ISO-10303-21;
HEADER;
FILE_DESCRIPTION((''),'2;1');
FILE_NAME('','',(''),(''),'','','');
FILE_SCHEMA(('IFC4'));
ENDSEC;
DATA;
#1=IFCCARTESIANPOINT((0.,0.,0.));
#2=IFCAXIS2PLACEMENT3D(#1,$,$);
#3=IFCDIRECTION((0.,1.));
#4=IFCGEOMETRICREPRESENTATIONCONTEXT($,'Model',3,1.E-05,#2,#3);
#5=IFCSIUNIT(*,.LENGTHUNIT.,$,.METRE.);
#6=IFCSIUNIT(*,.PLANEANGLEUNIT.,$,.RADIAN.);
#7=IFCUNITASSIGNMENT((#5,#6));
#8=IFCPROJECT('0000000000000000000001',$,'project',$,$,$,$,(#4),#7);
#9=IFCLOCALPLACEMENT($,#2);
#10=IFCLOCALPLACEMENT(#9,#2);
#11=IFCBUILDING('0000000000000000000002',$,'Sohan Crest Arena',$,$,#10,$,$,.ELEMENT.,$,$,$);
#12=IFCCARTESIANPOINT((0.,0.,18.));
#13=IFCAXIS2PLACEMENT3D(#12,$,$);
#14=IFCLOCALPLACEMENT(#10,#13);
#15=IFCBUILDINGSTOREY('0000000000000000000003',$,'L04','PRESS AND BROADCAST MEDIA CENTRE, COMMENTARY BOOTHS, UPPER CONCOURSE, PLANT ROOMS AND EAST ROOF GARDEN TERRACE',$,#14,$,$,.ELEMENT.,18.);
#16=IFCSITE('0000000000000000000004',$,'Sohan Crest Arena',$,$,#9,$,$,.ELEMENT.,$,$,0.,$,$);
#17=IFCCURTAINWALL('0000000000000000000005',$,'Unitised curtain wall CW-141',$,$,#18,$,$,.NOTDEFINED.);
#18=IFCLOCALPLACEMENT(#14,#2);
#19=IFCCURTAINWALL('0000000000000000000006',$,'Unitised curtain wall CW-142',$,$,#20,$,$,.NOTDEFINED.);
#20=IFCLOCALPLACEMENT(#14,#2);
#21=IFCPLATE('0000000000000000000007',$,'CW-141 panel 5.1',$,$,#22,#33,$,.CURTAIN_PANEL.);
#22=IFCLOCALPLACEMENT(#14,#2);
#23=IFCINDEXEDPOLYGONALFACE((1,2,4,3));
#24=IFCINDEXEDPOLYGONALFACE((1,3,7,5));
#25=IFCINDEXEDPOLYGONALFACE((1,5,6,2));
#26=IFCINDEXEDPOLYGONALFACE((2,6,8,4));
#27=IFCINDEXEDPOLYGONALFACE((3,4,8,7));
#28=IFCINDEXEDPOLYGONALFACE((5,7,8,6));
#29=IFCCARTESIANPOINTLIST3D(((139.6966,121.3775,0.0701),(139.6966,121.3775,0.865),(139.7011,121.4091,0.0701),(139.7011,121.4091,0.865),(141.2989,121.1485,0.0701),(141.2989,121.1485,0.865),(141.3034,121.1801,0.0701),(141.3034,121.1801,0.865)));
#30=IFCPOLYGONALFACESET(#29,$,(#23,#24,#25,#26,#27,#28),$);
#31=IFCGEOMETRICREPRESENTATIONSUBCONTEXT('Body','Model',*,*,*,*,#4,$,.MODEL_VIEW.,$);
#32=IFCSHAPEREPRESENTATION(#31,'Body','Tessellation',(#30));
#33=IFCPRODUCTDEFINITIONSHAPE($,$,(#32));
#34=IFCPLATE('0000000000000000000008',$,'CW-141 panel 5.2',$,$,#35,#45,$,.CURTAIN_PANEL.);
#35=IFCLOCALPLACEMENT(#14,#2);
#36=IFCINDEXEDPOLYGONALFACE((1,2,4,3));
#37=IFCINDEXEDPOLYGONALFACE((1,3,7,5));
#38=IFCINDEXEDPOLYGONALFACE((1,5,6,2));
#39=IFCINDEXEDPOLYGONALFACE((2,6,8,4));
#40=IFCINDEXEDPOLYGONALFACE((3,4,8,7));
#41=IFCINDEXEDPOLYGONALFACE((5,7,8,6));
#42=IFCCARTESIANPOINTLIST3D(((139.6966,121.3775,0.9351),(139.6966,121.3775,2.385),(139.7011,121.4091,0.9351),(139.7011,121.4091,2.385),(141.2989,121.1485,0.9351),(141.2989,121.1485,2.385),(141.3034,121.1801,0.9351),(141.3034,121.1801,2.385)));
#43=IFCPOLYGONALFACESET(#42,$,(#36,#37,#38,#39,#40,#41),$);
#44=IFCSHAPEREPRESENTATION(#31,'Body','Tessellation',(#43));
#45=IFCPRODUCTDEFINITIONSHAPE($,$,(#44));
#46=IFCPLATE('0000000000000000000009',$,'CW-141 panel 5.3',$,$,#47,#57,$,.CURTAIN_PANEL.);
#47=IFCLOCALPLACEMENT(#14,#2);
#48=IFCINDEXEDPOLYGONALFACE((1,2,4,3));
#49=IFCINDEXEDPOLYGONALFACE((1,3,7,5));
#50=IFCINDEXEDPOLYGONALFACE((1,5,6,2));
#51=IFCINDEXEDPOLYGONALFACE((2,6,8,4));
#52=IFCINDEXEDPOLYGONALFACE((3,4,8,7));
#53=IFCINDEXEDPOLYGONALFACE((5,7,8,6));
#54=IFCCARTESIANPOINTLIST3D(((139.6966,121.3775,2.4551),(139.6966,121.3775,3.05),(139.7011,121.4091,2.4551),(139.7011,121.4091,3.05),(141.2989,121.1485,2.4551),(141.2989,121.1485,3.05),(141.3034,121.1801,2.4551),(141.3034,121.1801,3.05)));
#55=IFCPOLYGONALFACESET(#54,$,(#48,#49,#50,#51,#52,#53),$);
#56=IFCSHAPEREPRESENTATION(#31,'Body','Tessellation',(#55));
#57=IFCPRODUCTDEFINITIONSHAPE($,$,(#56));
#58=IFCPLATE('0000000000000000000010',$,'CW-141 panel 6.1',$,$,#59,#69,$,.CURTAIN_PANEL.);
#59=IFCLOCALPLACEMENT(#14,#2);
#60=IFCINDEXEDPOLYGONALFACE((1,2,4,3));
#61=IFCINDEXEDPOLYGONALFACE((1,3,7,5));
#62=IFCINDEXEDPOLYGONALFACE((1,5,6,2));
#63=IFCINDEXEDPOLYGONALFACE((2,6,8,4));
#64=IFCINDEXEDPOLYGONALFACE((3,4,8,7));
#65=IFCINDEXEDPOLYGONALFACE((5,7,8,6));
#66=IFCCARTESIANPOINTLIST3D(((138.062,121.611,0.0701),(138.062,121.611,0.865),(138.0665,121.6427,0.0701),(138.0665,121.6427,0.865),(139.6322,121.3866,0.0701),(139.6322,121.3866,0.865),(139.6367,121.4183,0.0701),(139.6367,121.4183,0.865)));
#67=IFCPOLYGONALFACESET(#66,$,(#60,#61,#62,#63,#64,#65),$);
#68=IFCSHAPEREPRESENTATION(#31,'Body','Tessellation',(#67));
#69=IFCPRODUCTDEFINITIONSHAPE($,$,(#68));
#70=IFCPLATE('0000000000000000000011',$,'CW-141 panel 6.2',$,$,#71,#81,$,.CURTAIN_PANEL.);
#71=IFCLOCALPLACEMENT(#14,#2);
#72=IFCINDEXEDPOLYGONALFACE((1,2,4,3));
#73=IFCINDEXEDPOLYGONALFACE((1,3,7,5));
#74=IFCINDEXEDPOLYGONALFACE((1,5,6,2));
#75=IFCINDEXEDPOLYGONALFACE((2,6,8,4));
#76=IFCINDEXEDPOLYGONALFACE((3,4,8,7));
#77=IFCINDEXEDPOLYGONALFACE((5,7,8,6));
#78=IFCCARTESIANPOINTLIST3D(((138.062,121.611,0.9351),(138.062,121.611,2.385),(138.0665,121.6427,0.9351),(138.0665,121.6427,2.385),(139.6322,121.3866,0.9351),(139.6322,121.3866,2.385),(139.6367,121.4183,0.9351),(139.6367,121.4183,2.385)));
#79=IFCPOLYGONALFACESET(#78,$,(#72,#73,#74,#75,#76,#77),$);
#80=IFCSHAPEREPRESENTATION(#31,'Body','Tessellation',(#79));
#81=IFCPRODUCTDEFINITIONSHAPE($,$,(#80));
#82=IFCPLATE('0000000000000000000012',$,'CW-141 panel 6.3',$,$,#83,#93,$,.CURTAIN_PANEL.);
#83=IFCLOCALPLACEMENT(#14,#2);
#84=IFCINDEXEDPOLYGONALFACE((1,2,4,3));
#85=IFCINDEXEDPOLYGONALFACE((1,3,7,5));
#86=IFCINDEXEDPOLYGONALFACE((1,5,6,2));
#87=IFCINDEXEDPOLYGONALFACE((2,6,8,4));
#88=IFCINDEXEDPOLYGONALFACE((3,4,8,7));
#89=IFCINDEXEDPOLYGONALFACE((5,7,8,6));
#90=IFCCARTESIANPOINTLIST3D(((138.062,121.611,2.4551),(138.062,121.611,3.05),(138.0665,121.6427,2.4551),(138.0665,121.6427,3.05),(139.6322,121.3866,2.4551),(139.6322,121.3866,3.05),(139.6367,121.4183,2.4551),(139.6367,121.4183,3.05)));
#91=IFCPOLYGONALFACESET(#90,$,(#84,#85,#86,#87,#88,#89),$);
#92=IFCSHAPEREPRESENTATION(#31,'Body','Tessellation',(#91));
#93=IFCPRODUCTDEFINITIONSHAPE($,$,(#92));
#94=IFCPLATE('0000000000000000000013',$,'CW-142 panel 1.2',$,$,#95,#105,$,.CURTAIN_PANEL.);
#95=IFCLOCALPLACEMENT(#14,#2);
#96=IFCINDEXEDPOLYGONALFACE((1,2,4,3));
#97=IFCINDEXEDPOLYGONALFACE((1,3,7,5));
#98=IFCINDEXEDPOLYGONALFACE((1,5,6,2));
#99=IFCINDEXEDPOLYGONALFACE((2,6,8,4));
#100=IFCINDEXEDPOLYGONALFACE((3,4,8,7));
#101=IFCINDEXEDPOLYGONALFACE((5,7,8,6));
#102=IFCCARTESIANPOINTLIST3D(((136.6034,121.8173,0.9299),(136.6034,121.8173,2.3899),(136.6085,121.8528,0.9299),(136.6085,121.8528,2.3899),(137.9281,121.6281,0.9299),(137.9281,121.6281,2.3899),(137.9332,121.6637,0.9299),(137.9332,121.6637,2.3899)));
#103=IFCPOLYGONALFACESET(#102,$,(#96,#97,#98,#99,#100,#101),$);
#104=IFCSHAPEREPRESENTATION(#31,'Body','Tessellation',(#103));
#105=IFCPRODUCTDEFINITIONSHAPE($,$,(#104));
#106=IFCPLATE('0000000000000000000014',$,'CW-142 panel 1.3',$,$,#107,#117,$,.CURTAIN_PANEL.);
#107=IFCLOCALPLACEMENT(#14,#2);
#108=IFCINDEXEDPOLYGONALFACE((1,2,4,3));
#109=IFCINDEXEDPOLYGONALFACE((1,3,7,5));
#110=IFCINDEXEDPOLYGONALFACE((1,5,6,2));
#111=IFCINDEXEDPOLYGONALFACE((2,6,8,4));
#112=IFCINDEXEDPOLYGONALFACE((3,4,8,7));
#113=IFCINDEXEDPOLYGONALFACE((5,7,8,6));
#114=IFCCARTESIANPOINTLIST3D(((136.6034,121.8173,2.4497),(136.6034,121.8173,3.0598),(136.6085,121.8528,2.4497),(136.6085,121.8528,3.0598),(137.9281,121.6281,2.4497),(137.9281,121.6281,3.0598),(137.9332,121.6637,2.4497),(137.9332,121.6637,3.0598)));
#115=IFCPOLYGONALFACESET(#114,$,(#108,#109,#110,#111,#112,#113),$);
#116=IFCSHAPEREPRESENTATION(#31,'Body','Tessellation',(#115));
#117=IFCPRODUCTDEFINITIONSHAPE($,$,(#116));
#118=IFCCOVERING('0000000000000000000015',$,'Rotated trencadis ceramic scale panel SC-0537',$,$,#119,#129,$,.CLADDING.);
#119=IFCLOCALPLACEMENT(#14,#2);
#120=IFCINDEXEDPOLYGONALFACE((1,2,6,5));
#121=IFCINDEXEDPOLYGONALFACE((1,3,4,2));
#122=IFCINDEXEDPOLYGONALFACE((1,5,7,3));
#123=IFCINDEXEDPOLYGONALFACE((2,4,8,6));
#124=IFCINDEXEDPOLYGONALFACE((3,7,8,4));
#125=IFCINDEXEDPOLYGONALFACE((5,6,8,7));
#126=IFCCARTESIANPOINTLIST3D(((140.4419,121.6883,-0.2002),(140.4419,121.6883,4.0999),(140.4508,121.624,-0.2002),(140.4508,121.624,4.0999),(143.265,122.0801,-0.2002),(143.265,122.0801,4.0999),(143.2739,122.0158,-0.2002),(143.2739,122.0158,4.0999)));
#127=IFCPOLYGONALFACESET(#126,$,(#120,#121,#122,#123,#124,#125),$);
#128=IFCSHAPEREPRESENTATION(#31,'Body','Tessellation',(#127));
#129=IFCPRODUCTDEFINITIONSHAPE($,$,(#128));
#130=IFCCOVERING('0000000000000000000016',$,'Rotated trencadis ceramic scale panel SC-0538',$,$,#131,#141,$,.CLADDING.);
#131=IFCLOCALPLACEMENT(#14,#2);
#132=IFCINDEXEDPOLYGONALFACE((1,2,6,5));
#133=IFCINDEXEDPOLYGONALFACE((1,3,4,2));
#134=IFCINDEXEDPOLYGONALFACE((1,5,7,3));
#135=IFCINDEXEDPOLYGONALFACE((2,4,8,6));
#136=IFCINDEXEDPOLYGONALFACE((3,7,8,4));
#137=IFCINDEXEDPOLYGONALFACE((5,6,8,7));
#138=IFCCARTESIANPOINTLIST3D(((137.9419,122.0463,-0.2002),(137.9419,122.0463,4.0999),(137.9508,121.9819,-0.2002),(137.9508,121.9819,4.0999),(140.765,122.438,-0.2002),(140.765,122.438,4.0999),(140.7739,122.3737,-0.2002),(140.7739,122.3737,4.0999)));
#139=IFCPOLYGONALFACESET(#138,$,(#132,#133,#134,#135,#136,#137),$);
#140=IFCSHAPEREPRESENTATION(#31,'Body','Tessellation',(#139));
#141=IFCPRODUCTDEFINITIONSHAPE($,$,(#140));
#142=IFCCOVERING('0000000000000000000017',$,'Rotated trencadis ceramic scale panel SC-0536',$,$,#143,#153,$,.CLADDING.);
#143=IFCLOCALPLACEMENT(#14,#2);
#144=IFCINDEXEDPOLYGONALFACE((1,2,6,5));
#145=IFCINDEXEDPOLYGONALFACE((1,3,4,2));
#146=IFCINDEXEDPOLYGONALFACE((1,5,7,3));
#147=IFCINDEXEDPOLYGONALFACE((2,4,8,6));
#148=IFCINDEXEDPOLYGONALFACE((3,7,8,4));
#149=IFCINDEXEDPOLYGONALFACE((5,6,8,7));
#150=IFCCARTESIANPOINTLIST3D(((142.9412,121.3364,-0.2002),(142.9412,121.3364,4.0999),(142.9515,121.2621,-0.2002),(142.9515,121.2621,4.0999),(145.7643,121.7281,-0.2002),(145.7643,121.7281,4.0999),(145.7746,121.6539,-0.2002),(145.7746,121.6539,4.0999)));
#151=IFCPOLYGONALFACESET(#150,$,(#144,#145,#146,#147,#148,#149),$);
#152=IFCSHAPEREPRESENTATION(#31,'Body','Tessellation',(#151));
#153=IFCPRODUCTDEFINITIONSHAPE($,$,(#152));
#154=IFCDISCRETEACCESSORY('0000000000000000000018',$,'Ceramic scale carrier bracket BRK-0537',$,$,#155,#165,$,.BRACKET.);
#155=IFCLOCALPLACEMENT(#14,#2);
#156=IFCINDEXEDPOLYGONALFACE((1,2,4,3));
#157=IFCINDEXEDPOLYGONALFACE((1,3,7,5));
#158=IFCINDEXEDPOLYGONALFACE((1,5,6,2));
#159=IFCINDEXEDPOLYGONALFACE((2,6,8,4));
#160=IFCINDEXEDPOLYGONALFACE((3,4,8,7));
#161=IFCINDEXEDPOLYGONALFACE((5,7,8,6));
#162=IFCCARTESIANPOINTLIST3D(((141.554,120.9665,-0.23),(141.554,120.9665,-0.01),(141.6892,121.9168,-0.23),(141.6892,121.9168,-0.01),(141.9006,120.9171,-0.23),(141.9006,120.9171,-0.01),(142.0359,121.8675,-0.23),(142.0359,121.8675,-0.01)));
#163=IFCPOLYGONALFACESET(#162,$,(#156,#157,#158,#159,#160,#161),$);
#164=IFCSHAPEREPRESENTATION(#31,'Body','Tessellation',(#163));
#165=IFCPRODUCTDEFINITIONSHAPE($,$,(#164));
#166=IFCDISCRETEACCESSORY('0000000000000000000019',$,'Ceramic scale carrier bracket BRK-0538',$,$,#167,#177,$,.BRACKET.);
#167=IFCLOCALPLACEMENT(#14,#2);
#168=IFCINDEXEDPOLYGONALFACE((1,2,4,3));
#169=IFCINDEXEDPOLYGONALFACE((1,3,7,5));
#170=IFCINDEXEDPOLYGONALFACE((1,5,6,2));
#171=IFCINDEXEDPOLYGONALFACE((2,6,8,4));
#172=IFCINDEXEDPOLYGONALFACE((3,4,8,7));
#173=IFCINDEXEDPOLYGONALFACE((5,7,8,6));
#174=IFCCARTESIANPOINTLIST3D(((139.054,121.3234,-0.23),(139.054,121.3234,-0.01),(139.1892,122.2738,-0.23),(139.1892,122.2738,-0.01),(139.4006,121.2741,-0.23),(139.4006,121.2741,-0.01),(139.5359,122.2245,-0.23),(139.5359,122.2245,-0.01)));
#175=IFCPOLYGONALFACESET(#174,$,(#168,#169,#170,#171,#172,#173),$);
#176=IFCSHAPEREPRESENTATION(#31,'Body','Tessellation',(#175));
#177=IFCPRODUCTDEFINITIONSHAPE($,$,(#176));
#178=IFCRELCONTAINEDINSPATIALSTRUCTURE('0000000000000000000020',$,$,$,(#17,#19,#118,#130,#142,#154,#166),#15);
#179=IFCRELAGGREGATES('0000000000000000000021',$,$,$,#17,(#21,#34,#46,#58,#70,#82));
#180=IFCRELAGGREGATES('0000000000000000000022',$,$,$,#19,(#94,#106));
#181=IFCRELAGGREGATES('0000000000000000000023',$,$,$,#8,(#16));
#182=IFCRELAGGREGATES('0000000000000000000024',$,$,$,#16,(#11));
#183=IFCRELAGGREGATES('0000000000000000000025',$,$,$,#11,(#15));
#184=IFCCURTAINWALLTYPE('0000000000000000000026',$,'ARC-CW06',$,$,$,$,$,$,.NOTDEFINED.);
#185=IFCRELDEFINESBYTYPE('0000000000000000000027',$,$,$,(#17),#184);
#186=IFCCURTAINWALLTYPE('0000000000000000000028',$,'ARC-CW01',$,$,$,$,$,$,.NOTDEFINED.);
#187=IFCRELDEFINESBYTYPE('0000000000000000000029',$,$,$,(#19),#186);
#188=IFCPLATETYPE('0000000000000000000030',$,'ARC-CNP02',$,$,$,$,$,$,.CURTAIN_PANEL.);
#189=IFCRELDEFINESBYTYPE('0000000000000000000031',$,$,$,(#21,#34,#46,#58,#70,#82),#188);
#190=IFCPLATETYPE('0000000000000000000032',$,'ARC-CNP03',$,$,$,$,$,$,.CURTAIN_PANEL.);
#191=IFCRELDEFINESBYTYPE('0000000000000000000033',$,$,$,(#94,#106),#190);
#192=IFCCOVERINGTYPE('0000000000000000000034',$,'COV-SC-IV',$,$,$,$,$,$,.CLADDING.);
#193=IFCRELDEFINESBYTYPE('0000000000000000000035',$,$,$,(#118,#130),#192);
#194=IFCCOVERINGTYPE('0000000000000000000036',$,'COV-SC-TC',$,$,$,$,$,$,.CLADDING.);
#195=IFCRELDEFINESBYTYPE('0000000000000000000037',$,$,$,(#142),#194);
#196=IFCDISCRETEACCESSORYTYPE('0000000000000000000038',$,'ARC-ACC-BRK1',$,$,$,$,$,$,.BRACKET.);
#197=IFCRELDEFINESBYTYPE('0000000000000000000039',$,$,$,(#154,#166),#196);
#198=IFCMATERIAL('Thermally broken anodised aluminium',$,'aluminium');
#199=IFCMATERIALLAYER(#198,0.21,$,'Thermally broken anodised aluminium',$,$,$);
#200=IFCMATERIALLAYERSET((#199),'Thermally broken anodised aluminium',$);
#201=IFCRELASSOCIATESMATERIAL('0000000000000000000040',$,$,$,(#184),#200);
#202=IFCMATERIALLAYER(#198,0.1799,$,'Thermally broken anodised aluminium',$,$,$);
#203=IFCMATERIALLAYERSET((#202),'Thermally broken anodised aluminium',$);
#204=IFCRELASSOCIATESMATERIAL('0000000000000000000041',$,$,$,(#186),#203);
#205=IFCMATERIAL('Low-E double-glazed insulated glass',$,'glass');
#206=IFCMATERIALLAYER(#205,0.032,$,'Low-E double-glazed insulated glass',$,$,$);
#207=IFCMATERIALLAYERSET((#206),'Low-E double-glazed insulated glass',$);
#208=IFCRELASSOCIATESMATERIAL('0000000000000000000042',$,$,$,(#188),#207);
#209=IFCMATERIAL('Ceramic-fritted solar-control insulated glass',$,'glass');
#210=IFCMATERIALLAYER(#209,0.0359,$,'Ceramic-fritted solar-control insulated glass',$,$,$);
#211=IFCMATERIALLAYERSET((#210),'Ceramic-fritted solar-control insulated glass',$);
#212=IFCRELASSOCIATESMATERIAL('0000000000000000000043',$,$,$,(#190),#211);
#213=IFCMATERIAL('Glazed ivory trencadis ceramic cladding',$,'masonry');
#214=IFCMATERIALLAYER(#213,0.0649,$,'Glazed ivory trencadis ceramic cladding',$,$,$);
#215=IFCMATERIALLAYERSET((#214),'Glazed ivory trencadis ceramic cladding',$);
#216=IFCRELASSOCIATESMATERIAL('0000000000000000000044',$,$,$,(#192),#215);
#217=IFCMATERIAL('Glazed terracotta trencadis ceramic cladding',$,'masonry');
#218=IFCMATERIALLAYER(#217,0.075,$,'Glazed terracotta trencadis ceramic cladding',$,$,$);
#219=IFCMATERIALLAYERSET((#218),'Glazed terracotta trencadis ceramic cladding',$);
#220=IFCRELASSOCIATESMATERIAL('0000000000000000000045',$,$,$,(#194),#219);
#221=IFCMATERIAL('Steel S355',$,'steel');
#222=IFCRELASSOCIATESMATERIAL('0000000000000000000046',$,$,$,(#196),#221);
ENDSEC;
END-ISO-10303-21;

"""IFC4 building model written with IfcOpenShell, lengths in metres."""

from ifc_helpers import new_model, si_unit, direction, frame, origin, origin_2d, place, context, subcontext, project, spatial, rectangle, extrude, material, layer, layer_set, type_object, element, aggregate, save


model = new_model("IFC4")

# Units and contexts
model_context = context("Model", 3, precision=1e-05, world=origin(), true_north=direction((0.0, 1.0)))
body_context = subcontext(model_context, "Body", "Model", "MODEL_VIEW")
ifc_project = project(units=[si_unit("LENGTHUNIT", "METRE"), si_unit("PLANEANGLEUNIT", "RADIAN")], contexts=[model_context])

# Site, building, storey
site_placement = place(None, origin())
site = spatial("IfcSite", under=ifc_project, at=site_placement, Name="Sohan Crest Arena", CompositionType="ELEMENT", RefElevation=0.0)
building_placement = place(site_placement, origin())
building = spatial("IfcBuilding", under=site, at=building_placement, Name="Sohan Crest Arena", CompositionType="ELEMENT")
storey_placement = place(building_placement, frame((0.0, 0.0, 18.0)))
storey = spatial("IfcBuildingStorey", under=building, at=storey_placement, Name="L04", Description="PRESS AND BROADCAST MEDIA CENTRE, COMMENTARY BOOTHS, UPPER CONCOURSE, PLANT ROOMS AND EAST ROOF GARDEN TERRACE", CompositionType="ELEMENT", Elevation=18.0)

# Curtain walls
ifc_material_1 = material(Name="Thermally broken anodised aluminium", Category="aluminium")
ifc_layer_1 = layer(ifc_material_1, 0.21, Name="Thermally broken anodised aluminium")
ifc_layer_set_1 = layer_set([ifc_layer_1], Name="Thermally broken anodised aluminium")
curtain_wall_type_1 = type_object("IfcCurtainWallType", Name="ARC-CW06", PredefinedType="NOTDEFINED", material=ifc_layer_set_1)
curtain_wall_1_placement = place(storey_placement, origin())
curtain_wall_1 = element("IfcCurtainWall", 1, at=curtain_wall_1_placement, inside=storey, type_object=curtain_wall_type_1, Name="Unitised curtain wall CW-141", PredefinedType="NOTDEFINED")
ifc_layer_2 = layer(ifc_material_1, 0.1799, Name="Thermally broken anodised aluminium")
ifc_layer_set_2 = layer_set([ifc_layer_2], Name="Thermally broken anodised aluminium")
curtain_wall_type_2 = type_object("IfcCurtainWallType", Name="ARC-CW01", PredefinedType="NOTDEFINED", material=ifc_layer_set_2)
curtain_wall_2_placement = place(storey_placement, origin())
curtain_wall_2 = element("IfcCurtainWall", 2, at=curtain_wall_2_placement, inside=storey, type_object=curtain_wall_type_2, Name="Unitised curtain wall CW-142", PredefinedType="NOTDEFINED")

# Plates
ifc_material_2 = material(Name="Low-E double-glazed insulated glass", Category="glass")
ifc_layer_3 = layer(ifc_material_2, 0.032, Name="Low-E double-glazed insulated glass")
ifc_layer_set_3 = layer_set([ifc_layer_3], Name="Low-E double-glazed insulated glass")
plate_type_1 = type_object("IfcPlateType", Name="ARC-CNP02", PredefinedType="CURTAIN_PANEL", material=ifc_layer_set_3)
plate_1_placement = place(storey_placement, frame((140.5, 121.2788, 0.0701), z_axis=(0.0, 0.0, 1.0), x_axis=(-0.989944, 0.141463, 0.0)))
plate_1 = element("IfcPlate", 3, at=plate_1_placement, type_object=plate_type_1, Name="CW-141 panel 5.1", PredefinedType="CURTAIN_PANEL", context=body_context, shape_type="SweptSolid", body=[
    extrude(rectangle(XDim=1.6187, YDim=0.032, at=origin_2d()), origin(), (0.0, 0.0, 1.0), 0.7949),
])
plate_2_placement = place(storey_placement, frame((140.5, 121.2788, 0.9351), z_axis=(0.0, 0.0, 1.0), x_axis=(-0.989944, 0.141463, 0.0)))
plate_2 = element("IfcPlate", 4, at=plate_2_placement, type_object=plate_type_1, Name="CW-141 panel 5.2", PredefinedType="CURTAIN_PANEL", context=body_context, shape_type="SweptSolid", body=[
    extrude(rectangle(XDim=1.6187, YDim=0.032, at=origin_2d()), origin(), (0.0, 0.0, 1.0), 1.45),
])
plate_3_placement = place(storey_placement, frame((140.5, 121.2788, 2.4551), z_axis=(0.0, 0.0, 1.0), x_axis=(-0.989944, 0.141463, 0.0)))
plate_3 = element("IfcPlate", 5, at=plate_3_placement, type_object=plate_type_1, Name="CW-141 panel 5.3", PredefinedType="CURTAIN_PANEL", context=body_context, shape_type="SweptSolid", body=[
    extrude(rectangle(XDim=1.6187, YDim=0.032, at=origin_2d()), origin(), (0.0, 0.0, 1.0), 0.595),
])
plate_4_placement = place(storey_placement, frame((138.8494, 121.5146, 0.0701), z_axis=(0.0, 0.0, 1.0), x_axis=(-0.989944, 0.141463, 0.0)))
plate_4 = element("IfcPlate", 6, at=plate_4_placement, type_object=plate_type_1, Name="CW-141 panel 6.1", PredefinedType="CURTAIN_PANEL", context=body_context, shape_type="SweptSolid", body=[
    extrude(rectangle(XDim=1.5862, YDim=0.032, at=origin_2d()), origin(), (0.0, 0.0, 1.0), 0.7949),
])
plate_5_placement = place(storey_placement, frame((138.8494, 121.5146, 0.9351), z_axis=(0.0, 0.0, 1.0), x_axis=(-0.989944, 0.141463, 0.0)))
plate_5 = element("IfcPlate", 7, at=plate_5_placement, type_object=plate_type_1, Name="CW-141 panel 6.2", PredefinedType="CURTAIN_PANEL", context=body_context, shape_type="SweptSolid", body=[
    extrude(rectangle(XDim=1.5862, YDim=0.032, at=origin_2d()), origin(), (0.0, 0.0, 1.0), 1.45),
])
plate_6_placement = place(storey_placement, frame((138.8494, 121.5146, 2.4551), z_axis=(0.0, 0.0, 1.0), x_axis=(-0.989944, 0.141463, 0.0)))
plate_6 = element("IfcPlate", 8, at=plate_6_placement, type_object=plate_type_1, Name="CW-141 panel 6.3", PredefinedType="CURTAIN_PANEL", context=body_context, shape_type="SweptSolid", body=[
    extrude(rectangle(XDim=1.5862, YDim=0.032, at=origin_2d()), origin(), (0.0, 0.0, 1.0), 0.595),
])
aggregate(curtain_wall_1, [plate_1, plate_2, plate_3, plate_4, plate_5, plate_6])
ifc_material_3 = material(Name="Ceramic-fritted solar-control insulated glass", Category="glass")
ifc_layer_4 = layer(ifc_material_3, 0.0359, Name="Ceramic-fritted solar-control insulated glass")
ifc_layer_set_4 = layer_set([ifc_layer_4], Name="Ceramic-fritted solar-control insulated glass")
plate_type_2 = type_object("IfcPlateType", Name="ARC-CNP03", PredefinedType="CURTAIN_PANEL", material=ifc_layer_set_4)
plate_7_placement = place(storey_placement, frame((137.2683, 121.7405, 0.9299), z_axis=(0.0, 0.0, 1.0), x_axis=(-0.989957, 0.141366, 0.0)))
plate_7 = element("IfcPlate", 9, at=plate_7_placement, type_object=plate_type_2, Name="CW-142 panel 1.2", PredefinedType="CURTAIN_PANEL", context=body_context, shape_type="SweptSolid", body=[
    extrude(rectangle(XDim=1.3381, YDim=0.0359, at=origin_2d()), origin(), (0.0, 0.0, 1.0), 1.46),
])
plate_8_placement = place(storey_placement, frame((137.2683, 121.7405, 2.4497), z_axis=(0.0, 0.0, 1.0), x_axis=(-0.989957, 0.141366, 0.0)))
plate_8 = element("IfcPlate", 10, at=plate_8_placement, type_object=plate_type_2, Name="CW-142 panel 1.3", PredefinedType="CURTAIN_PANEL", context=body_context, shape_type="SweptSolid", body=[
    extrude(rectangle(XDim=1.3381, YDim=0.0359, at=origin_2d()), origin(), (0.0, 0.0, 1.0), 0.6101),
])
aggregate(curtain_wall_2, [plate_7, plate_8])

# Coverings
ifc_material_4 = material(Name="Glazed ivory trencadis ceramic cladding", Category="masonry")
ifc_layer_5 = layer(ifc_material_4, 0.0649, Name="Glazed ivory trencadis ceramic cladding")
ifc_layer_set_5 = layer_set([ifc_layer_5], Name="Glazed ivory trencadis ceramic cladding")
covering_type_1 = type_object("IfcCoveringType", Name="COV-SC-IV", PredefinedType="CLADDING", material=ifc_layer_set_5)
for number, where, z_axis, x_axis, name in (
    (11, (141.8579, 121.8521, -0.2002), (0.0, 0.0, 1.0), (-0.990509, -0.137445, 0.0), "Rotated trencadis ceramic scale panel SC-0537"),
    (12, (139.3579, 122.21, -0.2002), (0.0, 0.0, 1.0), (-0.990509, -0.137445, 0.0), "Rotated trencadis ceramic scale panel SC-0538"),
):
    element("IfcCovering", number, at=place(storey_placement, frame(where, z_axis=z_axis, x_axis=x_axis)), inside=storey, type_object=covering_type_1, Name=name, PredefinedType="CLADDING", context=body_context, shape_type="SweptSolid", body=[
        extrude(rectangle(XDim=2.8501, YDim=0.0649, at=origin_2d()), origin(), (0.0, 0.0, 1.0), 4.3),
    ])
ifc_material_5 = material(Name="Glazed terracotta trencadis ceramic cladding", Category="masonry")
ifc_layer_6 = layer(ifc_material_5, 0.075, Name="Glazed terracotta trencadis ceramic cladding")
ifc_layer_set_6 = layer_set([ifc_layer_6], Name="Glazed terracotta trencadis ceramic cladding")
covering_type_2 = type_object("IfcCoveringType", Name="COV-SC-TC", PredefinedType="CLADDING", material=ifc_layer_set_6)
covering_placement = place(storey_placement, frame((144.3579, 121.4951, -0.2002), z_axis=(0.0, 0.0, 1.0), x_axis=(-0.990509, -0.137445, 0.0)))
element("IfcCovering", 13, at=covering_placement, inside=storey, type_object=covering_type_2, Name="Rotated trencadis ceramic scale panel SC-0536", PredefinedType="CLADDING", context=body_context, shape_type="SweptSolid", body=[
    extrude(rectangle(XDim=2.8501, YDim=0.075, at=origin_2d()), origin(), (0.0, 0.0, 1.0), 4.3),
])

# Discrete accessories
ifc_material_6 = material(Name="Steel S355", Category="steel")
discrete_accessory_type = type_object("IfcDiscreteAccessoryType", Name="ARC-ACC-BRK1", PredefinedType="BRACKET", material=ifc_material_6)
for number, where, z_axis, x_axis, name in (
    (14, (141.7949, 121.417, -0.23), (0.0, 0.0, 1.0), (-0.990024, 0.140901, 0.0), "Ceramic scale carrier bracket BRK-0537"),
    (15, (139.2949, 121.7739, -0.23), (0.0, 0.0, 1.0), (-0.990024, 0.140901, 0.0), "Ceramic scale carrier bracket BRK-0538"),
):
    element("IfcDiscreteAccessory", number, at=place(storey_placement, frame(where, z_axis=z_axis, x_axis=x_axis)), inside=storey, type_object=discrete_accessory_type, Name=name, PredefinedType="BRACKET", context=body_context, shape_type="SweptSolid", body=[
        extrude(rectangle(XDim=0.3501, YDim=0.96, at=origin_2d()), origin(), (0.0, 0.0, 1.0), 0.22),
    ])

save(model, "model.ifc")
